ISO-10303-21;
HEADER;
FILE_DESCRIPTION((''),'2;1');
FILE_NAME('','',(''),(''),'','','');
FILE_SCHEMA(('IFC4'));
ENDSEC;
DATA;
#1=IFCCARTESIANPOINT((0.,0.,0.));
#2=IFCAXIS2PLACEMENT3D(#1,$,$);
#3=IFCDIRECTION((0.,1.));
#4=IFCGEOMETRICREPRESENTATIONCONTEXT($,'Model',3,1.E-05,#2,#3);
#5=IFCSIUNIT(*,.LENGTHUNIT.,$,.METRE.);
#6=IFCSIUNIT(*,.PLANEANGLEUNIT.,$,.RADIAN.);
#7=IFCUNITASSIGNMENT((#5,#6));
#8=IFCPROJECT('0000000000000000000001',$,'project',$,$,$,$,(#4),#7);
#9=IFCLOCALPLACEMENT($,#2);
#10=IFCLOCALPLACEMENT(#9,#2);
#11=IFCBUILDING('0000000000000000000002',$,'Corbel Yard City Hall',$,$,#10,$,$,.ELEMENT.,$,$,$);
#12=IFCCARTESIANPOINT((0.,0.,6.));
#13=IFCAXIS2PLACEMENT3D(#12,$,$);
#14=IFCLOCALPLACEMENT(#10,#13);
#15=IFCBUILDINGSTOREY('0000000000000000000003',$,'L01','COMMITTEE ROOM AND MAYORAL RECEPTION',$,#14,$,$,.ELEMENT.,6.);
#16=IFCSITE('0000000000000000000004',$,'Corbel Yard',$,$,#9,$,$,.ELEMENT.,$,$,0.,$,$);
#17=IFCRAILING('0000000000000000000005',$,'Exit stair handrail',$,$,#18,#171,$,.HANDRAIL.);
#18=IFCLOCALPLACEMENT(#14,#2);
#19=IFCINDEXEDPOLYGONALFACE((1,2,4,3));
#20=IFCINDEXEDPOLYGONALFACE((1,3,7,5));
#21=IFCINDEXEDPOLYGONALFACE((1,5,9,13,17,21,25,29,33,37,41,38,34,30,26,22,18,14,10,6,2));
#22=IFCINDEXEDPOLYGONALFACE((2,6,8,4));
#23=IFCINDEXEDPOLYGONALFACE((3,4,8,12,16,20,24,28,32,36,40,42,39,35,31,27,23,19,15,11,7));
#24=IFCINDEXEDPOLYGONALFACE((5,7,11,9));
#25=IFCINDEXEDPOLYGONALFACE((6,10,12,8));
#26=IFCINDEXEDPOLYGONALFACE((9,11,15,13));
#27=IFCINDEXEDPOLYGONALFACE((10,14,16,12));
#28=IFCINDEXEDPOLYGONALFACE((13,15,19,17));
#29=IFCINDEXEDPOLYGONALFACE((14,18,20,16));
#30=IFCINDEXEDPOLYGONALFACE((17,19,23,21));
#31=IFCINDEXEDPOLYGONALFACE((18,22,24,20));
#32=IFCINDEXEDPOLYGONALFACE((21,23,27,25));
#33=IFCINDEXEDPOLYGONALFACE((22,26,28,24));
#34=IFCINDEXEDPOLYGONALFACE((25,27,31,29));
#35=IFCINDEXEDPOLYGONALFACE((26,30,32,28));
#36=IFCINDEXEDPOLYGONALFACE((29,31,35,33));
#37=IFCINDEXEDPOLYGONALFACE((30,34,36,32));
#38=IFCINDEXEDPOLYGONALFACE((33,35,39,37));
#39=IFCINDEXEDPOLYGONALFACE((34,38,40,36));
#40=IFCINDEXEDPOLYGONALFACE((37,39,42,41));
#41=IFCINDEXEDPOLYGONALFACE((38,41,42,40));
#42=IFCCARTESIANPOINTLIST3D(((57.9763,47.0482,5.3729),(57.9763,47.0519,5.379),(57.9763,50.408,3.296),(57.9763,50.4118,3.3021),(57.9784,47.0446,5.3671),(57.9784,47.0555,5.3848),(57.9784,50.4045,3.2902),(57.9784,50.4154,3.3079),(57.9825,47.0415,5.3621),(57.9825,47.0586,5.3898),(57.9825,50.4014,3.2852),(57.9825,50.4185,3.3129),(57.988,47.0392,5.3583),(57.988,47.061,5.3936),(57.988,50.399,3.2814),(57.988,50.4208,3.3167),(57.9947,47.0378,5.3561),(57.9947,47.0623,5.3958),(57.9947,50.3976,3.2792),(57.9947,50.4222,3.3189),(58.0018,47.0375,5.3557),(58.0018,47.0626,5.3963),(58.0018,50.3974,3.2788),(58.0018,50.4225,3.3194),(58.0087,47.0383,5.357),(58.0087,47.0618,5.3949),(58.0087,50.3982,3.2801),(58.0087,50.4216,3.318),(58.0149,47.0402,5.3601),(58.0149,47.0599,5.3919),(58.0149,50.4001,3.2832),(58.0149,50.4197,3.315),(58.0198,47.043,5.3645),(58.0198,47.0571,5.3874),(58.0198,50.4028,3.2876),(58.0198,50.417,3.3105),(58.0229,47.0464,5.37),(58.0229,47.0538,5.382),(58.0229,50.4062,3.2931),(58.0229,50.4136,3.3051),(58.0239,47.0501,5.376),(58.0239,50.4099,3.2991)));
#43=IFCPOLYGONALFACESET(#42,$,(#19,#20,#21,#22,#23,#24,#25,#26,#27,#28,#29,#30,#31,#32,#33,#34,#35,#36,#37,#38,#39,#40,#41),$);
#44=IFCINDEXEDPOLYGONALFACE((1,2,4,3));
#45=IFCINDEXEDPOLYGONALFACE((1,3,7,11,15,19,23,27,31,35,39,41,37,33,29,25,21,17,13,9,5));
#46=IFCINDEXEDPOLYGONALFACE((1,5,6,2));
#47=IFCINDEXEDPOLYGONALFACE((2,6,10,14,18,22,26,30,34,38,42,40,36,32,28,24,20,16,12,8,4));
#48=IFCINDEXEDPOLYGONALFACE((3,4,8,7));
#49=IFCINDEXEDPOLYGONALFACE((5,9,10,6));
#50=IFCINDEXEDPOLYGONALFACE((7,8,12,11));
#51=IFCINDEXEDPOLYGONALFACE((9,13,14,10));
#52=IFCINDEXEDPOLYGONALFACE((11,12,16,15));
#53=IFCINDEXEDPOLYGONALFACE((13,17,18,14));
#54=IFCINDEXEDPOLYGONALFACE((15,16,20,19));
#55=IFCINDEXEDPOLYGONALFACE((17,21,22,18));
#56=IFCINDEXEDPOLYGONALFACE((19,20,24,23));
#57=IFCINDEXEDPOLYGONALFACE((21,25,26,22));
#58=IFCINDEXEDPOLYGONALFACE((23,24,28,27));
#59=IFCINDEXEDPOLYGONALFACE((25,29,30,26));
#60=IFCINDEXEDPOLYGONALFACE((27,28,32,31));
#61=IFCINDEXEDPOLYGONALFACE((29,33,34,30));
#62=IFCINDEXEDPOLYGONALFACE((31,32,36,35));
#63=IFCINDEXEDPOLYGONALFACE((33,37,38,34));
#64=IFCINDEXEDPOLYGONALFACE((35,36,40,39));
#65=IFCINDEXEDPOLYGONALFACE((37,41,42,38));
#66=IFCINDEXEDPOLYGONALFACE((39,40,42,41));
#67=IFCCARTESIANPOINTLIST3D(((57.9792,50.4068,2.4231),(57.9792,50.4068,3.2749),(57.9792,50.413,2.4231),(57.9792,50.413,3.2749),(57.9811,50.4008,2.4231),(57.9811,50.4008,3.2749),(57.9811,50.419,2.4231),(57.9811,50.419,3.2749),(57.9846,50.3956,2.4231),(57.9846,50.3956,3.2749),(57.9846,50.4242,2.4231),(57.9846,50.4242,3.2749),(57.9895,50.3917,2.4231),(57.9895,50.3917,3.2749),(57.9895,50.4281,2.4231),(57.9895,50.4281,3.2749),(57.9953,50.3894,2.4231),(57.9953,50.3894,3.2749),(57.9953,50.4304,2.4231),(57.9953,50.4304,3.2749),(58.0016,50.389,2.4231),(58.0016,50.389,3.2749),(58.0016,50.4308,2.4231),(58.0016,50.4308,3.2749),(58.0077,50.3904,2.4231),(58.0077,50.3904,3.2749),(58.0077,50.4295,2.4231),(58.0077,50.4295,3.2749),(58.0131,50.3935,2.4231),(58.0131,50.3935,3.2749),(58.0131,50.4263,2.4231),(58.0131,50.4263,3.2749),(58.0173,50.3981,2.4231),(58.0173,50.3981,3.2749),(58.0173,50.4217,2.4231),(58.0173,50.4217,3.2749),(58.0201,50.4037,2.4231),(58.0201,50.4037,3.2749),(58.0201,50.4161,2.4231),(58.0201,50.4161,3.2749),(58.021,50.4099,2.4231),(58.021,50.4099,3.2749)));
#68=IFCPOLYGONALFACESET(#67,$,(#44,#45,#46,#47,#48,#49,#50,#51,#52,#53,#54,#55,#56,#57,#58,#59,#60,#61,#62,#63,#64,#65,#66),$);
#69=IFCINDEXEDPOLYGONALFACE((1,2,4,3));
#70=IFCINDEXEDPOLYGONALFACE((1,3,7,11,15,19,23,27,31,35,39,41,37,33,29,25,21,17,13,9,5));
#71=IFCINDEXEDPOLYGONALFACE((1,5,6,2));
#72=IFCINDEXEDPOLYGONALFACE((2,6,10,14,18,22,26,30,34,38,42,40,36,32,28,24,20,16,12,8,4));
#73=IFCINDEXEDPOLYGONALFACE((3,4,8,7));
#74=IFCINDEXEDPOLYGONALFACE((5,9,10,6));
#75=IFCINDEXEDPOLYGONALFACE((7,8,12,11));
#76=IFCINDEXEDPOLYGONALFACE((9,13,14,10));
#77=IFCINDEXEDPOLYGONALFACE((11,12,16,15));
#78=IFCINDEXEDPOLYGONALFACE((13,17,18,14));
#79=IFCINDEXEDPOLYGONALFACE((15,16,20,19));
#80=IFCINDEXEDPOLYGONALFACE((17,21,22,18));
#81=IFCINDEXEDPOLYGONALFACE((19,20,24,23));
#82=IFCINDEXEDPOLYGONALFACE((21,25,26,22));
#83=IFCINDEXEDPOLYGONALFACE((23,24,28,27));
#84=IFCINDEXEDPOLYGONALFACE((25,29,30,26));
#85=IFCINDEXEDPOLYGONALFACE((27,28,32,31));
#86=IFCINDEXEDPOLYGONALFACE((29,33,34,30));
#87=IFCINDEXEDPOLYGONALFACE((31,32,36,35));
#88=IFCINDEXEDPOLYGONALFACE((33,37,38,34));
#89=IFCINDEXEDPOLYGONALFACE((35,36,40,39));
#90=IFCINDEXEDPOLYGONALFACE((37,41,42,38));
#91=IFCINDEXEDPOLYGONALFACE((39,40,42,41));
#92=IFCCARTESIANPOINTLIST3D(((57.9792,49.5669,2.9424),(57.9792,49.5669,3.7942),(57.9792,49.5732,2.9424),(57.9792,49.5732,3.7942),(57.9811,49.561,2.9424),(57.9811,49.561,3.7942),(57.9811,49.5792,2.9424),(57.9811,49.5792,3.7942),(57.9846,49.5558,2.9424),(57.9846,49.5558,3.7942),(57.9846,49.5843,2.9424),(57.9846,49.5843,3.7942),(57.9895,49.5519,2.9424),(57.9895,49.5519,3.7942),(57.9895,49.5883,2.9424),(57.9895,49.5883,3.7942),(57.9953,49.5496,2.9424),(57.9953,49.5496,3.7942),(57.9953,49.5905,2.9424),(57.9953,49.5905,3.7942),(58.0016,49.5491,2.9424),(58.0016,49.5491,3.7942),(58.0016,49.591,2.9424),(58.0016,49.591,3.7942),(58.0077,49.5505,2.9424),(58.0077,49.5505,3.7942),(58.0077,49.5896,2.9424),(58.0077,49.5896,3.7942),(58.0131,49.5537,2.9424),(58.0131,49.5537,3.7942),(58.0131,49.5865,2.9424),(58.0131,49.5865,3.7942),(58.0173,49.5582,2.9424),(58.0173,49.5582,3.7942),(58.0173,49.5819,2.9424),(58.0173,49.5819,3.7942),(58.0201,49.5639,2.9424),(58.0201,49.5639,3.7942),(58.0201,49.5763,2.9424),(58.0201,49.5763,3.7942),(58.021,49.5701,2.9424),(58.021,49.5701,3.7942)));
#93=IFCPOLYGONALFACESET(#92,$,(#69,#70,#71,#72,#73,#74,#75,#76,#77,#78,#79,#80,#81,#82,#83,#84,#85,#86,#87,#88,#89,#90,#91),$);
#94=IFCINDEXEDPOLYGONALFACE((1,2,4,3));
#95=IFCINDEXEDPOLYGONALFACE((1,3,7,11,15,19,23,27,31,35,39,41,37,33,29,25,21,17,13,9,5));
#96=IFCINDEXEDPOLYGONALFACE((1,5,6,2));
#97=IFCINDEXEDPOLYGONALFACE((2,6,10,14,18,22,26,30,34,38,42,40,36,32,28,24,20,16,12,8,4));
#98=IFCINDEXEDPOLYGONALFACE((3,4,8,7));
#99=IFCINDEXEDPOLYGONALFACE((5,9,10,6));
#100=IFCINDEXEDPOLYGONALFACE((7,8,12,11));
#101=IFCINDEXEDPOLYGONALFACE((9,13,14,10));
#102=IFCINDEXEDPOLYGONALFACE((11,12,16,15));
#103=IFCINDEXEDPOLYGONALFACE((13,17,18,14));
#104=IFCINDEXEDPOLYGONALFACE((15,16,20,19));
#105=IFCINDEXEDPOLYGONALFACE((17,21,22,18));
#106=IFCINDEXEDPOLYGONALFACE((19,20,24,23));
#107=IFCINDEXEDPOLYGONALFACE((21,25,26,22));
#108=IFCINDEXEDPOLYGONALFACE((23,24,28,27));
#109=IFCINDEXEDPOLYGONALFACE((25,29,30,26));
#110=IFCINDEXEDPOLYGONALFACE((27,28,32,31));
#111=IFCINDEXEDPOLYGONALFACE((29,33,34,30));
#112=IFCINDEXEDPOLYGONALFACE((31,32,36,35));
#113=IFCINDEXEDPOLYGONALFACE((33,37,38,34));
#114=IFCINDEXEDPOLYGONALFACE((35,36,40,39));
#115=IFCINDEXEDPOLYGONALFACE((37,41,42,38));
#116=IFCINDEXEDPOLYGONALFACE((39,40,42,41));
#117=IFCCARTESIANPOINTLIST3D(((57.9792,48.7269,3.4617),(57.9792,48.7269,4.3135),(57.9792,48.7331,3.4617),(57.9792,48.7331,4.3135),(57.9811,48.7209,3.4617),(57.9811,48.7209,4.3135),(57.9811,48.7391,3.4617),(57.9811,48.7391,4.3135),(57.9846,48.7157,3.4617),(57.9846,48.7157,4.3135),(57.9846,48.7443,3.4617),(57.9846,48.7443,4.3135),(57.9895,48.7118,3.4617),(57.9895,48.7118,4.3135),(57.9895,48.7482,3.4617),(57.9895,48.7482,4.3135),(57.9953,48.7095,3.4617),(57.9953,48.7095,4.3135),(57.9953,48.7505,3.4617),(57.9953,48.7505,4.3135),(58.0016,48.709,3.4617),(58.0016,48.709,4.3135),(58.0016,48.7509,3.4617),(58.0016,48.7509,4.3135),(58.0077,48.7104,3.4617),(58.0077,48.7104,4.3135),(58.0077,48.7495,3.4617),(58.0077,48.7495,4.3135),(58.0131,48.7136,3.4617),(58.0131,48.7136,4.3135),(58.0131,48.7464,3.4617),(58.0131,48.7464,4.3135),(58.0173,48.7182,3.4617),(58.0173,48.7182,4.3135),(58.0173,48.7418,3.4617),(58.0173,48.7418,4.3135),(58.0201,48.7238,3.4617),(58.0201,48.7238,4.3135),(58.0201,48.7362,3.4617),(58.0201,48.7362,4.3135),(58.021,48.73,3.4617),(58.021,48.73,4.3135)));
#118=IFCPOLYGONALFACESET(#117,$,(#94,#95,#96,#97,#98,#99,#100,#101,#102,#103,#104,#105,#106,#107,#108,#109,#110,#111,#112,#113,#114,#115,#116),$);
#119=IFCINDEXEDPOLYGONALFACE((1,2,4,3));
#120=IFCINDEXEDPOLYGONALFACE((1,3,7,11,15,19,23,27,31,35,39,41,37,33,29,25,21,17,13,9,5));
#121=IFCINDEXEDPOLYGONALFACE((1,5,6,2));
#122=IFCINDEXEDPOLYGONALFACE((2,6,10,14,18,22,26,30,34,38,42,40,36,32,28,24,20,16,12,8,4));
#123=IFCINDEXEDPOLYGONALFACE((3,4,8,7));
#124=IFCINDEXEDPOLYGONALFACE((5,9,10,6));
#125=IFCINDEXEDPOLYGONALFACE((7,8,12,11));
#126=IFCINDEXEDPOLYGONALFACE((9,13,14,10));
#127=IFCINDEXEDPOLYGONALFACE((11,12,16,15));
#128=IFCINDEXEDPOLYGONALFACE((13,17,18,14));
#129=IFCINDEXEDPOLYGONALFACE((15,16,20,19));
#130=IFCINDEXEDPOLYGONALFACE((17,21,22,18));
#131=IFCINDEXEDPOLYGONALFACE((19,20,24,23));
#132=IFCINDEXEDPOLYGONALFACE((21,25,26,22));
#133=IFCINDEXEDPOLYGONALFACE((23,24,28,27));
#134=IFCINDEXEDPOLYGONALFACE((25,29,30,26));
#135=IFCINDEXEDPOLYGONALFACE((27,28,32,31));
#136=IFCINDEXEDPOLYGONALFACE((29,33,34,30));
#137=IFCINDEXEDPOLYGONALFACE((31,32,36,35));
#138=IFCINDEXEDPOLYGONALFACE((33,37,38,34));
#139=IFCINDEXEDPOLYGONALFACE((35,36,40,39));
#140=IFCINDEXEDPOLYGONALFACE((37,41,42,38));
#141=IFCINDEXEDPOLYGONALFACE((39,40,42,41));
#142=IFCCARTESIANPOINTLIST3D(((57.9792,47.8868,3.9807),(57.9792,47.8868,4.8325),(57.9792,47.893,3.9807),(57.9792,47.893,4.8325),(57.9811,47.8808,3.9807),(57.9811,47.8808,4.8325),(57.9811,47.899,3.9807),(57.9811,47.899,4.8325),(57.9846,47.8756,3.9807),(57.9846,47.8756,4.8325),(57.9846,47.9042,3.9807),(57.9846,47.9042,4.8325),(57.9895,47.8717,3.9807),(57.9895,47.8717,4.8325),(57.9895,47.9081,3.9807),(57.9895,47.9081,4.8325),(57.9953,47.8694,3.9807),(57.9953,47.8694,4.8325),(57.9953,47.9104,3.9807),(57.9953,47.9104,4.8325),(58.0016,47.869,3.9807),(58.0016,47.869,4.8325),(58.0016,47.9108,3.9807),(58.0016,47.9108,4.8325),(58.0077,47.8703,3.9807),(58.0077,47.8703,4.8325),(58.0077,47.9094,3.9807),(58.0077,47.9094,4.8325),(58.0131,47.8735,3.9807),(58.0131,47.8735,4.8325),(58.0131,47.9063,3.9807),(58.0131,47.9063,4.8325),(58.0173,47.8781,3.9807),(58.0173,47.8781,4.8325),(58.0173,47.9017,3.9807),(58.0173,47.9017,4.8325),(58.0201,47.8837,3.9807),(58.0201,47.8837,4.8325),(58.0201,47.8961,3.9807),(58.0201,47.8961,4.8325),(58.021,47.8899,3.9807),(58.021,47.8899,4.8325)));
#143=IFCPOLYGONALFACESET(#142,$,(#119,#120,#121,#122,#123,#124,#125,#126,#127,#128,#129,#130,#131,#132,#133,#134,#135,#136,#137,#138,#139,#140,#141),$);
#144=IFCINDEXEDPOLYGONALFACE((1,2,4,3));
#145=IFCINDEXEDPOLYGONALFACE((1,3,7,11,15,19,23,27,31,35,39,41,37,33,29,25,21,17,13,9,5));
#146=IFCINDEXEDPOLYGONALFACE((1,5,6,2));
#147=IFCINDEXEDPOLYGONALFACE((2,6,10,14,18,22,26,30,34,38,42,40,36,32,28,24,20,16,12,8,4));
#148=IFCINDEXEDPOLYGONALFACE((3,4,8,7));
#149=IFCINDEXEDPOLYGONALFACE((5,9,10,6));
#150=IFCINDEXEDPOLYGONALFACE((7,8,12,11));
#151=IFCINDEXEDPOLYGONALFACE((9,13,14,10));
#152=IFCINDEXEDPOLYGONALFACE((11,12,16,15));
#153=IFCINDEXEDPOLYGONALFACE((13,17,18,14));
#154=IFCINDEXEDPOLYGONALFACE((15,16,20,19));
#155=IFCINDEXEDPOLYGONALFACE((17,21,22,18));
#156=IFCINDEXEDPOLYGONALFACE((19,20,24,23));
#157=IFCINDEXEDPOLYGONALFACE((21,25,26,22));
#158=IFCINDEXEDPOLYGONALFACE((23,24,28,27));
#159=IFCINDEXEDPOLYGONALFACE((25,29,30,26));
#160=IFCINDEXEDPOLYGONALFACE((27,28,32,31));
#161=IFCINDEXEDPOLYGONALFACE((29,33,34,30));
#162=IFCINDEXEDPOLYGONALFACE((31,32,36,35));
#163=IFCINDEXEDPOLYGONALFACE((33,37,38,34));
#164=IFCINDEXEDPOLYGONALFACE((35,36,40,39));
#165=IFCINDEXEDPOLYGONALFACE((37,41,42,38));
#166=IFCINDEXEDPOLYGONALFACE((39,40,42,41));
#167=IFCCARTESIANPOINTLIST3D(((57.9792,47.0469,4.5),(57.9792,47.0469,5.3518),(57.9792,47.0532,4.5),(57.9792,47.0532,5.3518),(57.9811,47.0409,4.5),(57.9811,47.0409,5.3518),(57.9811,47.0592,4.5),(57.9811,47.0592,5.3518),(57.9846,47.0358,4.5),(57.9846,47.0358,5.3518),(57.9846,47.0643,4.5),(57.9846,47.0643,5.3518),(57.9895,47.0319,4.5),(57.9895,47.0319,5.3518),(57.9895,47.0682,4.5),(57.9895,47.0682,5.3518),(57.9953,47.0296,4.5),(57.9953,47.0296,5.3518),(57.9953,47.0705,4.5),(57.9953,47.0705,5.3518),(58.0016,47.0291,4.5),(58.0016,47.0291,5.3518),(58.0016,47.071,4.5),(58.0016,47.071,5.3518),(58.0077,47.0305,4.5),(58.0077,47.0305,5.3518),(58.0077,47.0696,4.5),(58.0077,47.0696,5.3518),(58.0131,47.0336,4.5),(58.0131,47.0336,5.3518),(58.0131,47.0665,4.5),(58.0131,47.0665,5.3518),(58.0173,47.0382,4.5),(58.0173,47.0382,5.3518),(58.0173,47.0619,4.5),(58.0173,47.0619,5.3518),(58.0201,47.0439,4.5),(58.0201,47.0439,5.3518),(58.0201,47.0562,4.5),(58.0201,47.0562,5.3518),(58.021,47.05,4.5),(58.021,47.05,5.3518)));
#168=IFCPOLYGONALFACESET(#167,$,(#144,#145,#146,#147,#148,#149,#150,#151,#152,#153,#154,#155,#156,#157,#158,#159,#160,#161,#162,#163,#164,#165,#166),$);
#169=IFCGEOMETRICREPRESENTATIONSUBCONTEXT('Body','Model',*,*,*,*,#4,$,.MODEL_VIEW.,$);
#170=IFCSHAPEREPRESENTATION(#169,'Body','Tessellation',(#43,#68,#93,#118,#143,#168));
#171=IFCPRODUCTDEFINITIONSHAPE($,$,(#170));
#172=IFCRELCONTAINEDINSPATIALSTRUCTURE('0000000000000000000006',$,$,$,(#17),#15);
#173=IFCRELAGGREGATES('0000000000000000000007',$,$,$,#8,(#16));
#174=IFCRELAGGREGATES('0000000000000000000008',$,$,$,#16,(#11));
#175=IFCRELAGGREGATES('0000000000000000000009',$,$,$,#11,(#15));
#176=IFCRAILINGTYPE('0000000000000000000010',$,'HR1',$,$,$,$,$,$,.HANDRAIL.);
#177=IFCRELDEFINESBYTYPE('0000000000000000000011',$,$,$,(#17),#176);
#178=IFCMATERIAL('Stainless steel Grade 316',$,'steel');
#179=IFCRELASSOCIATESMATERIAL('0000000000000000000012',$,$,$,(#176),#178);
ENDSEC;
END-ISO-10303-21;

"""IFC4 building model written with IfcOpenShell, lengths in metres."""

from ifc_helpers import new_model, si_unit, direction, frame, origin, origin_2d, place, context, subcontext, project, spatial, circle, extrude, material, type_object, element, save


model = new_model("IFC4")

# Units and contexts
model_context = context("Model", 3, precision=1e-05, world=origin(), true_north=direction((0.0, 1.0)))
body_context = subcontext(model_context, "Body", "Model", "MODEL_VIEW")
ifc_project = project(units=[si_unit("LENGTHUNIT", "METRE"), si_unit("PLANEANGLEUNIT", "RADIAN")], contexts=[model_context])

# Site, building, storey
site_placement = place(None, origin())
site = spatial("IfcSite", under=ifc_project, at=site_placement, Name="Corbel Yard", CompositionType="ELEMENT", RefElevation=0.0)
building_placement = place(site_placement, origin())
building = spatial("IfcBuilding", under=site, at=building_placement, Name="Corbel Yard City Hall", CompositionType="ELEMENT")
storey_placement = place(building_placement, frame((0.0, 0.0, 6.0)))
storey = spatial("IfcBuildingStorey", under=building, at=storey_placement, Name="L01", Description="COMMITTEE ROOM AND MAYORAL RECEPTION", CompositionType="ELEMENT", Elevation=6.0)

# Shared definitions
ifc_material_1 = material(Name="Stainless steel Grade 316", Category="steel")

# Railing
railing_type = type_object("IfcRailingType", Name="HR1", PredefinedType="HANDRAIL", material=ifc_material_1)
railing_placement = place(storey_placement, frame((58.0, 50.4099, 2.4231)))
element("IfcRailing", 1, at=railing_placement, inside=storey, type_object=railing_type, Name="Exit stair handrail", PredefinedType="HANDRAIL", context=body_context, shape_type="SweptSolid", body=[
    extrude(circle(Radius=0.0239, at=origin_2d()), frame((0.0, 0.0, 0.876), z_axis=(0.0, -0.850606, 0.525803), x_axis=(1.0, 0.0, 0.0)), (0.0, 0.0, 1.0), 3.95),
    extrude(circle(Radius=0.021, at=origin_2d()), origin(), (0.0, 0.0, 1.0), 0.8518),
    extrude(circle(Radius=0.021, at=origin_2d()), frame((0.0, -0.8398, 0.5193)), (0.0, 0.0, 1.0), 0.8518),
    extrude(circle(Radius=0.021, at=origin_2d()), frame((0.0, -1.6799, 1.0386)), (0.0, 0.0, 1.0), 0.8518),
    extrude(circle(Radius=0.021, at=origin_2d()), frame((0.0, -2.52, 1.5576)), (0.0, 0.0, 1.0), 0.8518),
    extrude(circle(Radius=0.021, at=origin_2d()), frame((0.0, -3.3599, 2.0769)), (0.0, 0.0, 1.0), 0.8518),
])

save(model, "model.ifc")
